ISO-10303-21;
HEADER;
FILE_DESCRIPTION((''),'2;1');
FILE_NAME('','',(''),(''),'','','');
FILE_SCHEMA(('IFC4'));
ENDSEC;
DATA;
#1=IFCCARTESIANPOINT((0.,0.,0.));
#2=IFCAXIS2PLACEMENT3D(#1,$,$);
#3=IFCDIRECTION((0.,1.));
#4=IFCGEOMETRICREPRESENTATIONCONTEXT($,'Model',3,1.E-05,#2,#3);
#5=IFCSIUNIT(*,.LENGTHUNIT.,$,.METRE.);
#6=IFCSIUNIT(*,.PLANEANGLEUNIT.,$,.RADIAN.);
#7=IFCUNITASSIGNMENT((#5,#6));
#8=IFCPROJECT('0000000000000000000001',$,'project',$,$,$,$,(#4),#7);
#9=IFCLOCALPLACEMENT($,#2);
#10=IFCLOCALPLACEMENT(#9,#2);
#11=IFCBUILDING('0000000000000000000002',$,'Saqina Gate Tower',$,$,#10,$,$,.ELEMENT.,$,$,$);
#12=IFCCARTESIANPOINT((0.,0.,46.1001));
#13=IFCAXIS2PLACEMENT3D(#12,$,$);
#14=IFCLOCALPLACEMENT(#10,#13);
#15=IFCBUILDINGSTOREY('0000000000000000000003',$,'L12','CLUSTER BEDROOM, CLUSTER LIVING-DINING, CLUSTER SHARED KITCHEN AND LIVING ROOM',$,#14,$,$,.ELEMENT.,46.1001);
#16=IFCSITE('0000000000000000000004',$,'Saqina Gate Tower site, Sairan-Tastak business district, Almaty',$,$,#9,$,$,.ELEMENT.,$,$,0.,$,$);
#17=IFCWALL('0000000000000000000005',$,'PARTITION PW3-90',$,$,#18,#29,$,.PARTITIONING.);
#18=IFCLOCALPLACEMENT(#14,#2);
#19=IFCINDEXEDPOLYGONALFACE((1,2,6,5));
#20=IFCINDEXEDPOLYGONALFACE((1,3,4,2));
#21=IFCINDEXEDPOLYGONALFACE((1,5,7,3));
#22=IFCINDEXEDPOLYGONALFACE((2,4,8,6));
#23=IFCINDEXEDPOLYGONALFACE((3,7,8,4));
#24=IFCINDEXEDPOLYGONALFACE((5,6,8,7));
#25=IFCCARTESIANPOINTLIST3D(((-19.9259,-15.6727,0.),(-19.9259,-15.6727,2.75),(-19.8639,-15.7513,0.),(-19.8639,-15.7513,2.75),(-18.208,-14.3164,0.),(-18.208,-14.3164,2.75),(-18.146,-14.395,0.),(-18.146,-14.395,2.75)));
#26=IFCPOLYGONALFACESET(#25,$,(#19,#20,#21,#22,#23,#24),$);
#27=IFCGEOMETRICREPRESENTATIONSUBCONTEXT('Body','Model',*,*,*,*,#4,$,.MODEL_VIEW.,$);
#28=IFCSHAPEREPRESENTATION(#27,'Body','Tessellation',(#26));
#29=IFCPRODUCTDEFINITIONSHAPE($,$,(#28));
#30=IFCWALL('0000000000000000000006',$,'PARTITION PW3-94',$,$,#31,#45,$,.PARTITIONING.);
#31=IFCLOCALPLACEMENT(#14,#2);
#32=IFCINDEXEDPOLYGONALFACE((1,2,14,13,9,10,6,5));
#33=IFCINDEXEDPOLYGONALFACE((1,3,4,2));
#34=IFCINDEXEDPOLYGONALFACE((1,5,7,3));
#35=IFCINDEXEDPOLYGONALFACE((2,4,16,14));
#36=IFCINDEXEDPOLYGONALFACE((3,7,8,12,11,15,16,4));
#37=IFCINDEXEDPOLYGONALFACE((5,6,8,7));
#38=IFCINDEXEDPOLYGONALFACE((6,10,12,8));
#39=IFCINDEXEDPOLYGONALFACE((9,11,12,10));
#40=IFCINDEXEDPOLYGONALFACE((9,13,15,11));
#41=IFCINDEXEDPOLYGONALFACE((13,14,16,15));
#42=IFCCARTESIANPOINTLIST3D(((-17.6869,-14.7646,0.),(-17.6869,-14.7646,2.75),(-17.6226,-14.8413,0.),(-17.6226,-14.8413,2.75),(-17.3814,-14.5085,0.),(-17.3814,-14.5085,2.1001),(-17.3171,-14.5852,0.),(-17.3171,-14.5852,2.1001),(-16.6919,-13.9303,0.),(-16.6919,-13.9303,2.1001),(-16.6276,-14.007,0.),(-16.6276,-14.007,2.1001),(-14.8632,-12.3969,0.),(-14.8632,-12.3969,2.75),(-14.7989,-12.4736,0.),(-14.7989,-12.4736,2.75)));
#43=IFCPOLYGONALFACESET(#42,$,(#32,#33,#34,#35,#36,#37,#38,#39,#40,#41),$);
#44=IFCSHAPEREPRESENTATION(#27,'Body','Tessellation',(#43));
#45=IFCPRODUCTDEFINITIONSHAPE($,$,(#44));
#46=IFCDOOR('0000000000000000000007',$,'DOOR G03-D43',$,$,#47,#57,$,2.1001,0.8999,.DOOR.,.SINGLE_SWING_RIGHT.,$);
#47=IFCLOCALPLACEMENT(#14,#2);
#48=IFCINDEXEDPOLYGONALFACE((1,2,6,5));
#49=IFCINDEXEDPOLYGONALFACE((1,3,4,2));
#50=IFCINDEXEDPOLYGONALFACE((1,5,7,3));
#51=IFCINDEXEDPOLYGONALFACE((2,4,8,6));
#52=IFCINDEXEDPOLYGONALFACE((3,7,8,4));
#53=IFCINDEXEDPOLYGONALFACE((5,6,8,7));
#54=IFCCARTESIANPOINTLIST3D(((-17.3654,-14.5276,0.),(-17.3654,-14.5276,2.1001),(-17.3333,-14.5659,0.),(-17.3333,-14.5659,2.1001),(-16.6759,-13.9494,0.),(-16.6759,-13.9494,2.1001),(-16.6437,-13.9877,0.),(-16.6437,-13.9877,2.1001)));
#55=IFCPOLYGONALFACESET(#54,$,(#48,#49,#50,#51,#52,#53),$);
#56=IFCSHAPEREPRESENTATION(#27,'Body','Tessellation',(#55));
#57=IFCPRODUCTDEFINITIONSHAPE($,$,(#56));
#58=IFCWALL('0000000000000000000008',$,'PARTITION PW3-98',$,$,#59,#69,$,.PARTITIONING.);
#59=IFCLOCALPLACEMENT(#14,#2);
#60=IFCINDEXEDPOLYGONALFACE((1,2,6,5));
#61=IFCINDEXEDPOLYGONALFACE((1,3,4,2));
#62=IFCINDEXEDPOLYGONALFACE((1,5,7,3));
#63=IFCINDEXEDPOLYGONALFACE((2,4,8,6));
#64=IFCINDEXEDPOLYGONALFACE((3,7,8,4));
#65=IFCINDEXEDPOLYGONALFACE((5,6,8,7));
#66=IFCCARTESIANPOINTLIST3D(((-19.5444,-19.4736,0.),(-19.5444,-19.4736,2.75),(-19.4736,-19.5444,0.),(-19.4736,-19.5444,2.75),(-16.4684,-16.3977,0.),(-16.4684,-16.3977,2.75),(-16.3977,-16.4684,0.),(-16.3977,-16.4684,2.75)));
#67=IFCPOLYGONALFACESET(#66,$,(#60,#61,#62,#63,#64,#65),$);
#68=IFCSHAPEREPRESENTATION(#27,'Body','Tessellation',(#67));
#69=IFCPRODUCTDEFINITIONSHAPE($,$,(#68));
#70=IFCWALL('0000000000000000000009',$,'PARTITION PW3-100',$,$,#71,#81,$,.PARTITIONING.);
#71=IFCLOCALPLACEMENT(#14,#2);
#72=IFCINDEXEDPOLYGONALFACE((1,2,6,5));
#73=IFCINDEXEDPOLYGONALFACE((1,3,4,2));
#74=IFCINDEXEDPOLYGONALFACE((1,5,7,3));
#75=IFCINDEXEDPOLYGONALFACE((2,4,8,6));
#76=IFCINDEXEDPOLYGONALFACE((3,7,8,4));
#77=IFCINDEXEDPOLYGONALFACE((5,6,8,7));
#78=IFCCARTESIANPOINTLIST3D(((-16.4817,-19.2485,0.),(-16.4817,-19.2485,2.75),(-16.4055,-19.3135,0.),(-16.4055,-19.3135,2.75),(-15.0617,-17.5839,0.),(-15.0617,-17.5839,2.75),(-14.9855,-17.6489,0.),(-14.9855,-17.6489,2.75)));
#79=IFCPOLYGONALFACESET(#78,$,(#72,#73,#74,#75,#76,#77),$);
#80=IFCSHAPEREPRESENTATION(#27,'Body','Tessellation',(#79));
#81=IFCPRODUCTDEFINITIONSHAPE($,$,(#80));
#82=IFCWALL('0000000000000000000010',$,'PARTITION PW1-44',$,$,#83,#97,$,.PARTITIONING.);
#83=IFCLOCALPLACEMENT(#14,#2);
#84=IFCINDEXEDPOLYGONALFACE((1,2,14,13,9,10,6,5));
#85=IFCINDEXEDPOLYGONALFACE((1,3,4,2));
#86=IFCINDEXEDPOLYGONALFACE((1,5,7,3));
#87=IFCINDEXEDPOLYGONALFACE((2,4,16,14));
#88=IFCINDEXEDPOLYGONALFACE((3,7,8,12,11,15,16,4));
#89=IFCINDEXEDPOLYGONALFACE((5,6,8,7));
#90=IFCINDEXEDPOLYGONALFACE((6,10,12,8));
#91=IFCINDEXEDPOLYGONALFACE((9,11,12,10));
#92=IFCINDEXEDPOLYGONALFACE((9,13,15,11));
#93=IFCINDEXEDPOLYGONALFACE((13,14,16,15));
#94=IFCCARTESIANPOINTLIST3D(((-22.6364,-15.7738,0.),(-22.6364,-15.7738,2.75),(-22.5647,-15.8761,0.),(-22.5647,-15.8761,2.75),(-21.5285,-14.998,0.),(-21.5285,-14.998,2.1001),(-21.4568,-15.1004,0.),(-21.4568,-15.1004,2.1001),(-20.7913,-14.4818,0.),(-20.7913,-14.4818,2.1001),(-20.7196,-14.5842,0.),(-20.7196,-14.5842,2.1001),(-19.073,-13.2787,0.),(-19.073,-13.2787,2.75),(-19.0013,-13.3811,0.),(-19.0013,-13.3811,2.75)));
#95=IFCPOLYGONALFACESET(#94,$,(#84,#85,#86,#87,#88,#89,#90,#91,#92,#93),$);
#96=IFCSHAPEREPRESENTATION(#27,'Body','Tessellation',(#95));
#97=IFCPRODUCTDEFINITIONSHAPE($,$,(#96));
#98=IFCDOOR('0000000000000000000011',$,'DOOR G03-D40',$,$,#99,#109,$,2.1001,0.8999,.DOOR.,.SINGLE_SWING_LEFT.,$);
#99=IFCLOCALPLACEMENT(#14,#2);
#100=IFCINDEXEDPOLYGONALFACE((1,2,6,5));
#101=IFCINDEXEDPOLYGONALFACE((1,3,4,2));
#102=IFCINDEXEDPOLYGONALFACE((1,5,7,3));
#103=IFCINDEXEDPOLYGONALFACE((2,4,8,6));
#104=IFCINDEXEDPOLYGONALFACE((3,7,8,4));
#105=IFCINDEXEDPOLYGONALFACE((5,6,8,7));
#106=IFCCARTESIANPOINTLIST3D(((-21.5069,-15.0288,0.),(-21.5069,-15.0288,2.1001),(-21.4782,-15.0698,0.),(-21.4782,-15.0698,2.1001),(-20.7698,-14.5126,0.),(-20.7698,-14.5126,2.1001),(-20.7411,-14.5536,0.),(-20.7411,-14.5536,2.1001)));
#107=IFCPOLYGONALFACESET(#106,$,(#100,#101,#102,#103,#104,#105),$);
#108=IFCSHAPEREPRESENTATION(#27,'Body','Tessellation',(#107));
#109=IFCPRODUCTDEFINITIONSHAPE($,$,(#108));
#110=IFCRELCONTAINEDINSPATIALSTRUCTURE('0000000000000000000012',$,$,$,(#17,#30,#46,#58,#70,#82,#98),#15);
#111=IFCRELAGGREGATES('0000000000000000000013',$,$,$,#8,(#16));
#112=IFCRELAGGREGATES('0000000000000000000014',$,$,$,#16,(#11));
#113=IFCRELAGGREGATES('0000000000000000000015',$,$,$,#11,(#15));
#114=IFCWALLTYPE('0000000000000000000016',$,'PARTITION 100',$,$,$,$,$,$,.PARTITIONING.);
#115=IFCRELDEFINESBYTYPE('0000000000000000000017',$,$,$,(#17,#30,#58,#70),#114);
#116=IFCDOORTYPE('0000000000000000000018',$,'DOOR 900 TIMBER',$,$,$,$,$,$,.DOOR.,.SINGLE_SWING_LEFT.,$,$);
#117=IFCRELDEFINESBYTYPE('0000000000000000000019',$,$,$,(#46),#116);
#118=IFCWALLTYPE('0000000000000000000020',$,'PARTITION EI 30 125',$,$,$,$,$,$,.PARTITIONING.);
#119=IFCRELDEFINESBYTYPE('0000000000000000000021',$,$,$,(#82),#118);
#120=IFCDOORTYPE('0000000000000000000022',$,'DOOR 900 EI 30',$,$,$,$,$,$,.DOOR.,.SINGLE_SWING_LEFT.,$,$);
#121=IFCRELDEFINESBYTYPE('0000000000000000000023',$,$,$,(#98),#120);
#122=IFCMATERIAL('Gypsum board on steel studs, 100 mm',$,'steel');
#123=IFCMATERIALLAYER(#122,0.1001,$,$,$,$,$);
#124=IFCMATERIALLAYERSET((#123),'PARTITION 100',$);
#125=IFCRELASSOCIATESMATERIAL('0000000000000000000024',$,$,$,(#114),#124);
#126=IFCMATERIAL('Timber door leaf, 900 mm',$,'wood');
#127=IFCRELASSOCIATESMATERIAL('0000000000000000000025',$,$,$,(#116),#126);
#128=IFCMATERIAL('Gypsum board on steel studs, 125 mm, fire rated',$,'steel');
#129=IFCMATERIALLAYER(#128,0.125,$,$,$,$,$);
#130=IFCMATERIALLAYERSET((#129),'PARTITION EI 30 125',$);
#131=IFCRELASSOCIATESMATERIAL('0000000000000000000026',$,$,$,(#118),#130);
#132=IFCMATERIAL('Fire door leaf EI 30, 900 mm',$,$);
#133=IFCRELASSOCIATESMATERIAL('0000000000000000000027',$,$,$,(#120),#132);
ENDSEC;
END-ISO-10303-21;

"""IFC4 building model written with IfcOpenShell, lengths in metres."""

from ifc_helpers import new_model, si_unit, direction, frame, frame_2d, origin, place, context, subcontext, project, spatial, rectangle, extrude, material, layer, layer_set, type_object, element, fill, save


model = new_model("IFC4")

# Units and contexts
model_context = context("Model", 3, precision=1e-05, world=origin(), true_north=direction((0.0, 1.0)))
body_context = subcontext(model_context, "Body", "Model", "MODEL_VIEW")
ifc_project = project(units=[si_unit("LENGTHUNIT", "METRE"), si_unit("PLANEANGLEUNIT", "RADIAN")], contexts=[model_context])

# Site, building, storey
site_placement = place(None, origin())
site = spatial("IfcSite", under=ifc_project, at=site_placement, Name="Saqina Gate Tower site, Sairan-Tastak business district, Almaty", CompositionType="ELEMENT", RefElevation=0.0)
building_placement = place(site_placement, origin())
building = spatial("IfcBuilding", under=site, at=building_placement, Name="Saqina Gate Tower", CompositionType="ELEMENT")
storey_placement = place(building_placement, frame((0.0, 0.0, 46.1001)))
storey = spatial("IfcBuildingStorey", under=building, at=storey_placement, Name="L12", Description="CLUSTER BEDROOM, CLUSTER LIVING-DINING, CLUSTER SHARED KITCHEN AND LIVING ROOM", CompositionType="ELEMENT", Elevation=46.1001)

# Shared definitions
ifc_material_1 = material(Name="Gypsum board on steel studs, 100 mm", Category="steel")
ifc_layer_1 = layer(ifc_material_1, 0.1001)
ifc_layer_set_1 = layer_set([ifc_layer_1], Name="PARTITION 100")
wall_type_1 = type_object("IfcWallType", Name="PARTITION 100", PredefinedType="PARTITIONING", material=ifc_layer_set_1)

# Wall
wall_1_placement = place(storey_placement, frame((-19.8948, -15.7119, 0.0), z_axis=(0.0, 0.0, 1.0), x_axis=(0.784868, 0.619662, 0.0)))
element("IfcWall", 1, at=wall_1_placement, inside=storey, type_object=wall_type_1, Name="PARTITION PW3-90", PredefinedType="PARTITIONING", context=body_context, shape_type="SweptSolid", body=[
    extrude(rectangle(XDim=2.1887, YDim=0.1001, at=frame_2d((1.0942, 0.0))), origin(), (0.0, 0.0, 1.0), 2.75),
])

# Wall, opening, door
wall_2_placement = place(storey_placement, frame((-17.6548, -14.803, 0.0), z_axis=(0.0, 0.0, 1.0), x_axis=(0.766274, 0.642514, 0.0)))
wall_2 = element("IfcWall", 2, at=wall_2_placement, inside=storey, type_object=wall_type_1, Name="PARTITION PW3-94", PredefinedType="PARTITIONING", context=body_context, shape_type="SweptSolid", body=[
    extrude(rectangle(XDim=3.6851, YDim=0.1001, at=frame_2d((1.8425, 0.0))), origin(), (0.0, 0.0, 1.0), 2.75),
])
opening_1_placement = place(wall_2_placement, frame((0.3987, 0.0, 0.0)))
opening_1 = element("IfcOpeningElement", 3, at=opening_1_placement, cuts=wall_2, PredefinedType="OPENING", context=body_context, shape_type="SweptSolid", body=[
    extrude(rectangle(XDim=0.8999, YDim=2.1001, at=frame_2d((0.45, 1.05))), frame((0.0, 0.062, 0.0), z_axis=(0.0, -1.0, 0.0), x_axis=(1.0, 0.0, 0.0)), (0.0, 0.0, 1.0), 0.124),
])
ifc_material_2 = material(Name="Timber door leaf, 900 mm", Category="wood")
door_type_1 = type_object("IfcDoorType", Name="DOOR 900 TIMBER", OperationType="SINGLE_SWING_LEFT", PredefinedType="DOOR", material=ifc_material_2)
door_1_placement = place(opening_1_placement, frame((0.8999, 0.0, 0.0), z_axis=(0.0, 0.0, 1.0), x_axis=(-1.0, 0.0, 0.0)))
door_1 = element("IfcDoor", 4, at=door_1_placement, inside=storey, type_object=door_type_1, Name="DOOR G03-D43", OperationType="SINGLE_SWING_RIGHT", OverallHeight=2.1001, OverallWidth=0.8999, PredefinedType="DOOR", context=body_context, shape_type="SweptSolid", body=[
    extrude(rectangle(XDim=0.8999, YDim=2.1001, at=frame_2d((0.45, 1.05))), frame((0.0, 0.0249, 0.0), z_axis=(0.0, -1.0, 0.0), x_axis=(1.0, 0.0, 0.0)), (0.0, 0.0, 1.0), 0.05),
])
fill(opening_1, door_1)

# Walls
wall_3_placement = place(storey_placement, frame((-19.509, -19.509, 0.0), z_axis=(0.0, 0.0, 1.0), x_axis=(0.707107, 0.707107, 0.0)))
element("IfcWall", 5, at=wall_3_placement, inside=storey, type_object=wall_type_1, Name="PARTITION PW3-98", PredefinedType="PARTITIONING", context=body_context, shape_type="SweptSolid", body=[
    extrude(rectangle(XDim=4.3501, YDim=0.1001, at=frame_2d((2.175, 0.0))), origin(), (0.0, 0.0, 1.0), 2.75),
])
wall_4_placement = place(storey_placement, frame((-16.4436, -19.281, 0.0), z_axis=(0.0, 0.0, 1.0), x_axis=(0.648988, 0.760798, 0.0)))
element("IfcWall", 6, at=wall_4_placement, inside=storey, type_object=wall_type_1, Name="PARTITION PW3-100", PredefinedType="PARTITIONING", context=body_context, shape_type="SweptSolid", body=[
    extrude(rectangle(XDim=2.188, YDim=0.1001, at=frame_2d((1.094, 0.0))), origin(), (0.0, 0.0, 1.0), 2.75),
])

# Wall, opening, door
ifc_material_3 = material(Name="Gypsum board on steel studs, 125 mm, fire rated", Category="steel")
ifc_layer_2 = layer(ifc_material_3, 0.125)
ifc_layer_set_2 = layer_set([ifc_layer_2], Name="PARTITION EI 30 125")
wall_type_2 = type_object("IfcWallType", Name="PARTITION EI 30 125", PredefinedType="PARTITIONING", material=ifc_layer_set_2)
wall_5_placement = place(storey_placement, frame((-22.6006, -15.825, 0.0), z_axis=(0.0, 0.0, 1.0), x_axis=(0.819158, 0.573568, 0.0)))
wall_5 = element("IfcWall", 7, at=wall_5_placement, inside=storey, type_object=wall_type_2, Name="PARTITION PW1-44", PredefinedType="PARTITIONING", context=body_context, shape_type="SweptSolid", body=[
    extrude(rectangle(XDim=4.3501, YDim=0.125, at=frame_2d((2.175, 0.0))), origin(), (0.0, 0.0, 1.0), 2.75),
])
opening_2_placement = place(wall_5_placement, frame((1.3525, 0.0, 0.0)))
opening_2 = element("IfcOpeningElement", 8, at=opening_2_placement, cuts=wall_5, PredefinedType="OPENING", context=body_context, shape_type="SweptSolid", body=[
    extrude(rectangle(XDim=0.8999, YDim=2.1001, at=frame_2d((0.45, 1.05))), frame((0.0, 0.0745, 0.0), z_axis=(0.0, -1.0, 0.0), x_axis=(1.0, 0.0, 0.0)), (0.0, 0.0, 1.0), 0.1489),
])
ifc_material_4 = material(Name="Fire door leaf EI 30, 900 mm")
door_type_2 = type_object("IfcDoorType", Name="DOOR 900 EI 30", OperationType="SINGLE_SWING_LEFT", PredefinedType="DOOR", material=ifc_material_4)
door_2_placement = place(opening_2_placement, origin())
door_2 = element("IfcDoor", 9, at=door_2_placement, inside=storey, type_object=door_type_2, Name="DOOR G03-D40", OperationType="SINGLE_SWING_LEFT", OverallHeight=2.1001, OverallWidth=0.8999, PredefinedType="DOOR", context=body_context, shape_type="SweptSolid", body=[
    extrude(rectangle(XDim=0.8999, YDim=2.1001, at=frame_2d((0.45, 1.05))), frame((0.0, 0.0249, 0.0), z_axis=(0.0, -1.0, 0.0), x_axis=(1.0, 0.0, 0.0)), (0.0, 0.0, 1.0), 0.05),
])
fill(opening_2, door_2)

save(model, "model.ifc")
